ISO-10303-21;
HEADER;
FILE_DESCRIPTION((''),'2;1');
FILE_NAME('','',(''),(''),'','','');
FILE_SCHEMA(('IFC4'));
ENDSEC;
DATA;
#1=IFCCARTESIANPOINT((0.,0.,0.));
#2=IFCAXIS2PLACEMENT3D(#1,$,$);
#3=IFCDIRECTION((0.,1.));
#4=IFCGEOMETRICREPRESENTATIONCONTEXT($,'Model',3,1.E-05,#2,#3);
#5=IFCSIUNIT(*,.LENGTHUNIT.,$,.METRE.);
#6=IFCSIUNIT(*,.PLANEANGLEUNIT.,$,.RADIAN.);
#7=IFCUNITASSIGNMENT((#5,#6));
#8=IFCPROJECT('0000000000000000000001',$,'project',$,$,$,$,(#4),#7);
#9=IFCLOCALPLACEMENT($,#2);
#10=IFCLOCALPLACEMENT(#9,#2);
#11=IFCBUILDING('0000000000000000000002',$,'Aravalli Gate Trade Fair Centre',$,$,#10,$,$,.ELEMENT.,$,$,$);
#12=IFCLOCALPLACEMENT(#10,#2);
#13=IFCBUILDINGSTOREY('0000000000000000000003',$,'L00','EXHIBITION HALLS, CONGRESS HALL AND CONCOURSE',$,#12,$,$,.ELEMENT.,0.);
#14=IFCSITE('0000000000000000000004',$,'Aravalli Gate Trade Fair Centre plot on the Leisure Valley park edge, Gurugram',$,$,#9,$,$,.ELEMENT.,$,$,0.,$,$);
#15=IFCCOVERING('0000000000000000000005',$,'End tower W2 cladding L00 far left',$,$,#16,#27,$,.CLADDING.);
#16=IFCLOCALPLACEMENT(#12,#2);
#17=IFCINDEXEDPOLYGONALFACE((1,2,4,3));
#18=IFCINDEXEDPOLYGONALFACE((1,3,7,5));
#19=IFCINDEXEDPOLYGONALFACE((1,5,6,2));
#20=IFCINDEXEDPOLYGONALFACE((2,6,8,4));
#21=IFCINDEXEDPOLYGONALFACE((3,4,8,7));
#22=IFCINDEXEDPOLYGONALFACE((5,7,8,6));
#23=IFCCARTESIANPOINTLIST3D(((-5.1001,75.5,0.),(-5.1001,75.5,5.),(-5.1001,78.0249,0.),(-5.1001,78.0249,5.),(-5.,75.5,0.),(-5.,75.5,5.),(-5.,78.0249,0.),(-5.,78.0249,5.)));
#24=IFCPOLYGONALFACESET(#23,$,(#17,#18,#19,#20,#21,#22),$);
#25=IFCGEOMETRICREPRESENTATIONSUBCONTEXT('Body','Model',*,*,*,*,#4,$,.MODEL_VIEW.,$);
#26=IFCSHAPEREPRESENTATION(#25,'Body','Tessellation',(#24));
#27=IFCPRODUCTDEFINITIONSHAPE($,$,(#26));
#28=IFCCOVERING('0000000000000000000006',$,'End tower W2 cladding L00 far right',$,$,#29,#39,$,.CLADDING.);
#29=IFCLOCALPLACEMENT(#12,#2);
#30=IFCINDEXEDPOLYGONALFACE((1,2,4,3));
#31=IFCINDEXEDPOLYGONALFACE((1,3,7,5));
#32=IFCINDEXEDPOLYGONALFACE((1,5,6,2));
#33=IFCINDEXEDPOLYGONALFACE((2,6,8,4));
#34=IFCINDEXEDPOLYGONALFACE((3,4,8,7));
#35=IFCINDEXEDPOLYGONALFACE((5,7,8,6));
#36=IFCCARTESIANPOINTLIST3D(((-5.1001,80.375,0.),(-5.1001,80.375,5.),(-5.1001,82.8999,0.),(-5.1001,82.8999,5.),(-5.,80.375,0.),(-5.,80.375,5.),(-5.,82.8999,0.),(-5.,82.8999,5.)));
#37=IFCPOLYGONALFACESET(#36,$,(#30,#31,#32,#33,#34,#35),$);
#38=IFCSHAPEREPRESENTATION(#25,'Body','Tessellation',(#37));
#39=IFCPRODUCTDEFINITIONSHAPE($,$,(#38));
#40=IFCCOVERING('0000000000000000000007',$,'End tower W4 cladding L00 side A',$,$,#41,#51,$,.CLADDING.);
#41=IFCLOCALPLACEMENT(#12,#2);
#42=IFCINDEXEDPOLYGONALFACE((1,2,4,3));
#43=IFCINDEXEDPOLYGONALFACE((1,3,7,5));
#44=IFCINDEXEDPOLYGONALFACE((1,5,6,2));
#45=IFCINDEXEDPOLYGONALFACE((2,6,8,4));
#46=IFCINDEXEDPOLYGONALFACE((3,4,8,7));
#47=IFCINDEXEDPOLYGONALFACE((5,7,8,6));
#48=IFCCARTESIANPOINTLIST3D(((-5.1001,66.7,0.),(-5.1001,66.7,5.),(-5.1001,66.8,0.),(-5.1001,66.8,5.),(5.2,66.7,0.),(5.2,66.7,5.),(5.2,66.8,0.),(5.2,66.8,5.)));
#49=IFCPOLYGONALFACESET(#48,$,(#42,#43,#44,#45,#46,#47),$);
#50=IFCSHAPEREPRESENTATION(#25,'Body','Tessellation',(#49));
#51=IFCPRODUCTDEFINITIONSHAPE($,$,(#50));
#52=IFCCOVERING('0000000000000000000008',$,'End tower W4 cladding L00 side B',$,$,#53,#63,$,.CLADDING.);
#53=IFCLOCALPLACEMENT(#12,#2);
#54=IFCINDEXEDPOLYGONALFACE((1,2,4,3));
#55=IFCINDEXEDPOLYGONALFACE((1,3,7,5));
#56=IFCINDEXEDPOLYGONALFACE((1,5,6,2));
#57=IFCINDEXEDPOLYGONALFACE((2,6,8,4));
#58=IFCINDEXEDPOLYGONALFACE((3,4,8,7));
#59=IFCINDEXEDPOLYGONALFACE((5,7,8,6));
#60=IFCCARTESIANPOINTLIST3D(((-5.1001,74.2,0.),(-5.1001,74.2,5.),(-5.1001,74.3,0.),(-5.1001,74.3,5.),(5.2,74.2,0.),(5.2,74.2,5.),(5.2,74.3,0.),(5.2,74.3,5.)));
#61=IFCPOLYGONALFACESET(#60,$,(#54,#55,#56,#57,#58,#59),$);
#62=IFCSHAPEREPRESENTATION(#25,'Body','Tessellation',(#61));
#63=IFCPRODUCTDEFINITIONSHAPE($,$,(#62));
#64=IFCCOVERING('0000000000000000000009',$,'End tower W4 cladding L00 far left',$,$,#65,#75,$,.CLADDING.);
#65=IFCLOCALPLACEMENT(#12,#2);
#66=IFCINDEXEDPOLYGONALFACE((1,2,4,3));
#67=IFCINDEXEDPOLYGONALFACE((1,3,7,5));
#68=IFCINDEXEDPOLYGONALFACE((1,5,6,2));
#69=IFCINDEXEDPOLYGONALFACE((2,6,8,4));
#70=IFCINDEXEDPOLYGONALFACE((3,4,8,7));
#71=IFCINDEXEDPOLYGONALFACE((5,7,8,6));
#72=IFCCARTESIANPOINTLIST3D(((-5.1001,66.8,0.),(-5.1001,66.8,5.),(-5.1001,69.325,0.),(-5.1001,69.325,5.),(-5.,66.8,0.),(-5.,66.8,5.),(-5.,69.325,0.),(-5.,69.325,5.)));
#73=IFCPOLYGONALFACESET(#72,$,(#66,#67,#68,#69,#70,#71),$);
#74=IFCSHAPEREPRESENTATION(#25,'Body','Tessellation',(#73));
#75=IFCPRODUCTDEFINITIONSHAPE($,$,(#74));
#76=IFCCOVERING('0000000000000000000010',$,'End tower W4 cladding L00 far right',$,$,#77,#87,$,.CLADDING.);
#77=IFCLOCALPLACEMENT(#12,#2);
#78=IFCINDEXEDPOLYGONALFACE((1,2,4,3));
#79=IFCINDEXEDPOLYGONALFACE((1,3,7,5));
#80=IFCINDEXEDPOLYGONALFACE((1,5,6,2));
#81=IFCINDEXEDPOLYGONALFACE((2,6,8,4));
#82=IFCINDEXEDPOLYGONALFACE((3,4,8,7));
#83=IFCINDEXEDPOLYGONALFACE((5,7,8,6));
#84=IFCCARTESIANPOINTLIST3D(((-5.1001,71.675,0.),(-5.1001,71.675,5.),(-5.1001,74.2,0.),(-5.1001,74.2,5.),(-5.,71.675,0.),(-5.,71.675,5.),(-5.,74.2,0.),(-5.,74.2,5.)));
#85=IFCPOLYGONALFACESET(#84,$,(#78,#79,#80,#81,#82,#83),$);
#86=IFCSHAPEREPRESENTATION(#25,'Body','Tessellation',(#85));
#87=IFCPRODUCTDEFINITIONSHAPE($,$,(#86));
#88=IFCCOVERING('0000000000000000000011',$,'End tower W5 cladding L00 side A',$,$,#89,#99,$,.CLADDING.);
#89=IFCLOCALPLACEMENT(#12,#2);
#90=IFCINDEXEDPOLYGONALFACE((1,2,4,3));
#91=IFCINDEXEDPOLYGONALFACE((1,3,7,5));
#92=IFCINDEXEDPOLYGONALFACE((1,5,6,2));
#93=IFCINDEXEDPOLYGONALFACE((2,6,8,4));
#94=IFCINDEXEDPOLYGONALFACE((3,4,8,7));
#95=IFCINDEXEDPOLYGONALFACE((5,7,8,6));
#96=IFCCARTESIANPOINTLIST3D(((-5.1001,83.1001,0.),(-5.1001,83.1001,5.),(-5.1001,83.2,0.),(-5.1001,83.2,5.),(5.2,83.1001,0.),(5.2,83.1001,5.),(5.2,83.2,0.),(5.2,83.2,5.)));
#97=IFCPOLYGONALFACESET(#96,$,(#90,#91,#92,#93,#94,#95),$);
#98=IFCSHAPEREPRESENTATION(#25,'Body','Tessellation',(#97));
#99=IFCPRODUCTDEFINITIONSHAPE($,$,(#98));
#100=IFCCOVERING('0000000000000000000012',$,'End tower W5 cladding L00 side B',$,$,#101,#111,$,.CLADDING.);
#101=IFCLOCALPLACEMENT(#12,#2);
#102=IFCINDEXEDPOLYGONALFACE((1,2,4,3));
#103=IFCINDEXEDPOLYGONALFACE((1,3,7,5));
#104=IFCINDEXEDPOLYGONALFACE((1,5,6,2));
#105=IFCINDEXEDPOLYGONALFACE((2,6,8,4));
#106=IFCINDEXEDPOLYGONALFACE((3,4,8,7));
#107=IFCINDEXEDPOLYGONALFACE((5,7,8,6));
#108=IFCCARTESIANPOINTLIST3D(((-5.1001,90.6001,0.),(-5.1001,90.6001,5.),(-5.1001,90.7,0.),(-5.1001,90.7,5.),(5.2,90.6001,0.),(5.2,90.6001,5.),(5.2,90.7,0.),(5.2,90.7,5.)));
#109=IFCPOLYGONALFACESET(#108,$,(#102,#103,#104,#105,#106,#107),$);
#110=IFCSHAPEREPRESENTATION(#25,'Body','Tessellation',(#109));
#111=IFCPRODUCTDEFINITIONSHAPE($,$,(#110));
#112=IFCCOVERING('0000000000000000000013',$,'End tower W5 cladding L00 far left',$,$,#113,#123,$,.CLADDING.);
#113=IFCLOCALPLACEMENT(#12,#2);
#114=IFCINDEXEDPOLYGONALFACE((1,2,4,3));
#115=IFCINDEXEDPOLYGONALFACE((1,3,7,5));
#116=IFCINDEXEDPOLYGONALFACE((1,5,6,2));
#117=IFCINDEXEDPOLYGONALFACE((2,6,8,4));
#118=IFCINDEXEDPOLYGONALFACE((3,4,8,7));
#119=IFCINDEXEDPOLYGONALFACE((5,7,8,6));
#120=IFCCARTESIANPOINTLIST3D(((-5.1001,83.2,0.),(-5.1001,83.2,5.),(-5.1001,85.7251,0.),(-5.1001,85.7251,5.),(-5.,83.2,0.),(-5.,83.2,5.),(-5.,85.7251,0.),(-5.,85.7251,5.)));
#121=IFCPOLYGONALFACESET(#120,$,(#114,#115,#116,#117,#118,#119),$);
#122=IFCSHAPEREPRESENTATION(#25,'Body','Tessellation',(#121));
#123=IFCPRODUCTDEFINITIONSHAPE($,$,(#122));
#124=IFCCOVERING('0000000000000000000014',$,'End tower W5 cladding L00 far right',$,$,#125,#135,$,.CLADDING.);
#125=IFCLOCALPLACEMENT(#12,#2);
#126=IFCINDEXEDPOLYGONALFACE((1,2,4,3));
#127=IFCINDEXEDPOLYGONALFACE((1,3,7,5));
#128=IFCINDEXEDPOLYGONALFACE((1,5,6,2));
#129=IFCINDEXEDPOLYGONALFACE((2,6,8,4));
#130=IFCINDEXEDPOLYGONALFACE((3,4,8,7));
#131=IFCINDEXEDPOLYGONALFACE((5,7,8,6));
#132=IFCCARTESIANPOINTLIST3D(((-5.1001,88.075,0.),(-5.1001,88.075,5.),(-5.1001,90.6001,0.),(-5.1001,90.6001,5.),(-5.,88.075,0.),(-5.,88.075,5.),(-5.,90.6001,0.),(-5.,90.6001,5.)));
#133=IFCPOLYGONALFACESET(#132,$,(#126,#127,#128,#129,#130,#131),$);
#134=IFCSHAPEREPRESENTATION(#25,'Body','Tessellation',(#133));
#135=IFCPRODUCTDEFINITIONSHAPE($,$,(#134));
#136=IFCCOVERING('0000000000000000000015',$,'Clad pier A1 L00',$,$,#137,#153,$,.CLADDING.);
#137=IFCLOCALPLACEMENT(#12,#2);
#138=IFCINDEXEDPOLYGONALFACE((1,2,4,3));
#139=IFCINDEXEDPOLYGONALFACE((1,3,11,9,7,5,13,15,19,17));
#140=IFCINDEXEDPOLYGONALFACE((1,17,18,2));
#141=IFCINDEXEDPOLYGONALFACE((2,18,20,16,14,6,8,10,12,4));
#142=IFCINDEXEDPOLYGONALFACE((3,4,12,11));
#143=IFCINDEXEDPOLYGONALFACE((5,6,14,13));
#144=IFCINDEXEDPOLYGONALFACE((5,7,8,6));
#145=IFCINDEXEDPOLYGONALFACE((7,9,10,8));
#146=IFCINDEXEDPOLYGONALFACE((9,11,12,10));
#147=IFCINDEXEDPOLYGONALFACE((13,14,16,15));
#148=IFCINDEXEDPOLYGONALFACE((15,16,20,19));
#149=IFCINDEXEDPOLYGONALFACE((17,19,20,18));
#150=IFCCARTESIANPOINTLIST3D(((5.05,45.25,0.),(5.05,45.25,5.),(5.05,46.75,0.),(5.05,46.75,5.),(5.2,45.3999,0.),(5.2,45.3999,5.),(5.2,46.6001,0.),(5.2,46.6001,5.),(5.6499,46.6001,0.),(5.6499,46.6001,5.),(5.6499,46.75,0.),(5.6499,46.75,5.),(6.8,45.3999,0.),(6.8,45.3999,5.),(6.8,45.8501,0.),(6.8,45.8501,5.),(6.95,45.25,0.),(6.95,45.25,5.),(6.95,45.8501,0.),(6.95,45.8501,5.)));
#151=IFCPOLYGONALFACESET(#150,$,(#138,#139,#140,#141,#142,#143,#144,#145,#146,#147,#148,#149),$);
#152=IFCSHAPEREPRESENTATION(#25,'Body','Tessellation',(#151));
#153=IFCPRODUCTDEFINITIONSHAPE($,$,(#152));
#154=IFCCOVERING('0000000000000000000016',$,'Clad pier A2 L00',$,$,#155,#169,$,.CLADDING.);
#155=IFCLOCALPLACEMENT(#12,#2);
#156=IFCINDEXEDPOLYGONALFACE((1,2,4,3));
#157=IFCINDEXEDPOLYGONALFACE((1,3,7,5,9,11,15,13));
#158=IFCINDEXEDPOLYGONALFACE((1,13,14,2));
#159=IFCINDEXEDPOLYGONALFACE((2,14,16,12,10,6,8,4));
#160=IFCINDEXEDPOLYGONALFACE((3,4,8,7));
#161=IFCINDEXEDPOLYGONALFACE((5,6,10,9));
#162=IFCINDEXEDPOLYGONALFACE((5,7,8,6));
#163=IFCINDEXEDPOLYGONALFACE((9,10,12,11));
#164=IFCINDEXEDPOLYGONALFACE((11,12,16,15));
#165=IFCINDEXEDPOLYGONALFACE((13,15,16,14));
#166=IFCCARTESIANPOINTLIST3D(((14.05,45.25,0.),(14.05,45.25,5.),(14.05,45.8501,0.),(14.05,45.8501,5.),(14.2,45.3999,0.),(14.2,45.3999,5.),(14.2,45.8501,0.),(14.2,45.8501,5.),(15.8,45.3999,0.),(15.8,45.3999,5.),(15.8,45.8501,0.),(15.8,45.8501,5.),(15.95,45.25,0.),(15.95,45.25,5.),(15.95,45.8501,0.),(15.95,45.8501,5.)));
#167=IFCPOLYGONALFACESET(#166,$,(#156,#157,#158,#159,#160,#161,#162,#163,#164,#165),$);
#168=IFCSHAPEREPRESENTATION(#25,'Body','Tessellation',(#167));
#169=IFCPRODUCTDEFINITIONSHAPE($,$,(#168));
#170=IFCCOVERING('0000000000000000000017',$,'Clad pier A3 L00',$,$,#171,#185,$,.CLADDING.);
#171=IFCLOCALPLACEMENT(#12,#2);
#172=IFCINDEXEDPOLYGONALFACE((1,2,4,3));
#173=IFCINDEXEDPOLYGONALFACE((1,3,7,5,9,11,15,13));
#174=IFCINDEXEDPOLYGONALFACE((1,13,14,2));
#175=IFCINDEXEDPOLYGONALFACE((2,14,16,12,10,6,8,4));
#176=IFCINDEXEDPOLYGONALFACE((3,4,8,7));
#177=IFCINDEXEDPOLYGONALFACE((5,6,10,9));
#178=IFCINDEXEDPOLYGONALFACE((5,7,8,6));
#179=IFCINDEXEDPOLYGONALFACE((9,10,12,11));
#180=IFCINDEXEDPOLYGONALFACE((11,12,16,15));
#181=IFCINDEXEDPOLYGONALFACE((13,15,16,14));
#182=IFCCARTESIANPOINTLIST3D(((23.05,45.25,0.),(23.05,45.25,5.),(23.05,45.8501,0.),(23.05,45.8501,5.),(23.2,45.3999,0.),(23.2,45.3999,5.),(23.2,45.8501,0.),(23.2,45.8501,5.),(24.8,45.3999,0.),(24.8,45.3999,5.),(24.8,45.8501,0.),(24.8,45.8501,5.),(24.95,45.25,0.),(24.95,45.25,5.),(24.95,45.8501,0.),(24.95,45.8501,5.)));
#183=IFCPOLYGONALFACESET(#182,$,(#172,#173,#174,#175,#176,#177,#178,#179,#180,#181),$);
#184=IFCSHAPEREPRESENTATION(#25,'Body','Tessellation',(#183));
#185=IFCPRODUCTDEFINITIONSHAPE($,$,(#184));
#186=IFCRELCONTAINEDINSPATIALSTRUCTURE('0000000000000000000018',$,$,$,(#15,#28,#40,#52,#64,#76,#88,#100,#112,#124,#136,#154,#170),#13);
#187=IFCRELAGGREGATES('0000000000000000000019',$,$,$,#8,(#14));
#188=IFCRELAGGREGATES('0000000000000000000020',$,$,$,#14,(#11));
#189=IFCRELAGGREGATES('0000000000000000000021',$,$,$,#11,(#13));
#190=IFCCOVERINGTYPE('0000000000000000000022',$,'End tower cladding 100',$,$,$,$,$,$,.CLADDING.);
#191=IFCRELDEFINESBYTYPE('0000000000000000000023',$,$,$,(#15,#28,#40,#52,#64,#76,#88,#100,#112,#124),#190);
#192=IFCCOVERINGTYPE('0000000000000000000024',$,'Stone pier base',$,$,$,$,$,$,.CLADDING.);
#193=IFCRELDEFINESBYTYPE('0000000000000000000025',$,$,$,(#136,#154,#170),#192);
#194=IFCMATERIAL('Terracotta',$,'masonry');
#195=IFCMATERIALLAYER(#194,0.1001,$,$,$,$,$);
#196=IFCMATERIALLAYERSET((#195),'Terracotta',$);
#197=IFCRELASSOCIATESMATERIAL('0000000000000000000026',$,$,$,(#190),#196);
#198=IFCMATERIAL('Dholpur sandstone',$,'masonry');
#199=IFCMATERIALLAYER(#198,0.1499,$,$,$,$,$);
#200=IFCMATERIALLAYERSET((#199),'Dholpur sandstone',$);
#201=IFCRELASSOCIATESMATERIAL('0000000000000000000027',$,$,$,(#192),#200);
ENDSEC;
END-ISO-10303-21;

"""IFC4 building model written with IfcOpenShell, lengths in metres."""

from ifc_helpers import new_model, si_unit, direction, origin, place, context, subcontext, project, spatial, polyline, outline, extrude, material, layer, layer_set, type_object, element, save


model = new_model("IFC4")

# Units and contexts
model_context = context("Model", 3, precision=1e-05, world=origin(), true_north=direction((0.0, 1.0)))
body_context = subcontext(model_context, "Body", "Model", "MODEL_VIEW")
ifc_project = project(units=[si_unit("LENGTHUNIT", "METRE"), si_unit("PLANEANGLEUNIT", "RADIAN")], contexts=[model_context])

# Site, building, storey
site_placement = place(None, origin())
site = spatial("IfcSite", under=ifc_project, at=site_placement, Name="Aravalli Gate Trade Fair Centre plot on the Leisure Valley park edge, Gurugram", CompositionType="ELEMENT", RefElevation=0.0)
building_placement = place(site_placement, origin())
building = spatial("IfcBuilding", under=site, at=building_placement, Name="Aravalli Gate Trade Fair Centre", CompositionType="ELEMENT")
storey_placement = place(building_placement, origin())
storey = spatial("IfcBuildingStorey", under=building, at=storey_placement, Name="L00", Description="EXHIBITION HALLS, CONGRESS HALL AND CONCOURSE", CompositionType="ELEMENT", Elevation=0.0)

# Coverings
ifc_material_1 = material(Name="Terracotta", Category="masonry")
ifc_layer_1 = layer(ifc_material_1, 0.1001)
ifc_layer_set_1 = layer_set([ifc_layer_1], Name="Terracotta")
covering_type_1 = type_object("IfcCoveringType", Name="End tower cladding 100", PredefinedType="CLADDING", material=ifc_layer_set_1)
covering_1_placement = place(storey_placement, origin())
element("IfcCovering", 1, at=covering_1_placement, inside=storey, type_object=covering_type_1, Name="End tower W2 cladding L00 far left", PredefinedType="CLADDING", context=body_context, shape_type="SweptSolid", body=[
    extrude(outline(polyline([(-5.0, 75.5), (-5.1001, 75.5), (-5.1001, 78.0249), (-5.0, 78.0249), (-5.0, 75.5)])), origin(), (0.0, 0.0, 1.0), 5.0),
])
covering_2_placement = place(storey_placement, origin())
element("IfcCovering", 2, at=covering_2_placement, inside=storey, type_object=covering_type_1, Name="End tower W2 cladding L00 far right", PredefinedType="CLADDING", context=body_context, shape_type="SweptSolid", body=[
    extrude(outline(polyline([(-5.0, 80.375), (-5.1001, 80.375), (-5.1001, 82.8999), (-5.0, 82.8999), (-5.0, 80.375)])), origin(), (0.0, 0.0, 1.0), 5.0),
])
covering_3_placement = place(storey_placement, origin())
element("IfcCovering", 3, at=covering_3_placement, inside=storey, type_object=covering_type_1, Name="End tower W4 cladding L00 side A", PredefinedType="CLADDING", context=body_context, shape_type="SweptSolid", body=[
    extrude(outline(polyline([(5.2, 66.7), (-5.1001, 66.7), (-5.1001, 66.8), (5.2, 66.8), (5.2, 66.7)])), origin(), (0.0, 0.0, 1.0), 5.0),
])
covering_4_placement = place(storey_placement, origin())
element("IfcCovering", 4, at=covering_4_placement, inside=storey, type_object=covering_type_1, Name="End tower W4 cladding L00 side B", PredefinedType="CLADDING", context=body_context, shape_type="SweptSolid", body=[
    extrude(outline(polyline([(5.2, 74.2), (-5.1001, 74.2), (-5.1001, 74.3), (5.2, 74.3), (5.2, 74.2)])), origin(), (0.0, 0.0, 1.0), 5.0),
])
covering_5_placement = place(storey_placement, origin())
element("IfcCovering", 5, at=covering_5_placement, inside=storey, type_object=covering_type_1, Name="End tower W4 cladding L00 far left", PredefinedType="CLADDING", context=body_context, shape_type="SweptSolid", body=[
    extrude(outline(polyline([(-5.0, 66.8), (-5.1001, 66.8), (-5.1001, 69.325), (-5.0, 69.325), (-5.0, 66.8)])), origin(), (0.0, 0.0, 1.0), 5.0),
])
covering_6_placement = place(storey_placement, origin())
element("IfcCovering", 6, at=covering_6_placement, inside=storey, type_object=covering_type_1, Name="End tower W4 cladding L00 far right", PredefinedType="CLADDING", context=body_context, shape_type="SweptSolid", body=[
    extrude(outline(polyline([(-5.0, 71.675), (-5.1001, 71.675), (-5.1001, 74.2), (-5.0, 74.2), (-5.0, 71.675)])), origin(), (0.0, 0.0, 1.0), 5.0),
])
covering_7_placement = place(storey_placement, origin())
element("IfcCovering", 7, at=covering_7_placement, inside=storey, type_object=covering_type_1, Name="End tower W5 cladding L00 side A", PredefinedType="CLADDING", context=body_context, shape_type="SweptSolid", body=[
    extrude(outline(polyline([(5.2, 83.1001), (-5.1001, 83.1001), (-5.1001, 83.2), (5.2, 83.2), (5.2, 83.1001)])), origin(), (0.0, 0.0, 1.0), 5.0),
])
covering_8_placement = place(storey_placement, origin())
element("IfcCovering", 8, at=covering_8_placement, inside=storey, type_object=covering_type_1, Name="End tower W5 cladding L00 side B", PredefinedType="CLADDING", context=body_context, shape_type="SweptSolid", body=[
    extrude(outline(polyline([(5.2, 90.6001), (-5.1001, 90.6001), (-5.1001, 90.7), (5.2, 90.7), (5.2, 90.6001)])), origin(), (0.0, 0.0, 1.0), 5.0),
])
covering_9_placement = place(storey_placement, origin())
element("IfcCovering", 9, at=covering_9_placement, inside=storey, type_object=covering_type_1, Name="End tower W5 cladding L00 far left", PredefinedType="CLADDING", context=body_context, shape_type="SweptSolid", body=[
    extrude(outline(polyline([(-5.0, 83.2), (-5.1001, 83.2), (-5.1001, 85.7251), (-5.0, 85.7251), (-5.0, 83.2)])), origin(), (0.0, 0.0, 1.0), 5.0),
])
covering_10_placement = place(storey_placement, origin())
element("IfcCovering", 10, at=covering_10_placement, inside=storey, type_object=covering_type_1, Name="End tower W5 cladding L00 far right", PredefinedType="CLADDING", context=body_context, shape_type="SweptSolid", body=[
    extrude(outline(polyline([(-5.0, 88.075), (-5.1001, 88.075), (-5.1001, 90.6001), (-5.0, 90.6001), (-5.0, 88.075)])), origin(), (0.0, 0.0, 1.0), 5.0),
])
ifc_material_2 = material(Name="Dholpur sandstone", Category="masonry")
ifc_layer_2 = layer(ifc_material_2, 0.1499)
ifc_layer_set_2 = layer_set([ifc_layer_2], Name="Dholpur sandstone")
covering_type_2 = type_object("IfcCoveringType", Name="Stone pier base", PredefinedType="CLADDING", material=ifc_layer_set_2)
covering_11_placement = place(storey_placement, origin())
element("IfcCovering", 11, at=covering_11_placement, inside=storey, type_object=covering_type_2, Name="Clad pier A1 L00", PredefinedType="CLADDING", context=body_context, shape_type="SweptSolid", body=[
    extrude(outline(polyline([(5.05, 46.75), (5.6499, 46.75), (5.6499, 46.6001), (5.2, 46.6001), (5.2, 45.3999), (6.8, 45.3999), (6.8, 45.8501), (6.95, 45.8501), (6.95, 45.25), (5.05, 45.25), (5.05, 46.75)])), origin(), (0.0, 0.0, 1.0), 5.0),
])
covering_12_placement = place(storey_placement, origin())
element("IfcCovering", 12, at=covering_12_placement, inside=storey, type_object=covering_type_2, Name="Clad pier A2 L00", PredefinedType="CLADDING", context=body_context, shape_type="SweptSolid", body=[
    extrude(outline(polyline([(14.05, 45.8501), (14.2, 45.8501), (14.2, 45.3999), (15.8, 45.3999), (15.8, 45.8501), (15.95, 45.8501), (15.95, 45.25), (14.05, 45.25), (14.05, 45.8501)])), origin(), (0.0, 0.0, 1.0), 5.0),
])
covering_13_placement = place(storey_placement, origin())
element("IfcCovering", 13, at=covering_13_placement, inside=storey, type_object=covering_type_2, Name="Clad pier A3 L00", PredefinedType="CLADDING", context=body_context, shape_type="SweptSolid", body=[
    extrude(outline(polyline([(23.05, 45.8501), (23.2, 45.8501), (23.2, 45.3999), (24.8, 45.3999), (24.8, 45.8501), (24.95, 45.8501), (24.95, 45.25), (23.05, 45.25), (23.05, 45.8501)])), origin(), (0.0, 0.0, 1.0), 5.0),
])

save(model, "model.ifc")
